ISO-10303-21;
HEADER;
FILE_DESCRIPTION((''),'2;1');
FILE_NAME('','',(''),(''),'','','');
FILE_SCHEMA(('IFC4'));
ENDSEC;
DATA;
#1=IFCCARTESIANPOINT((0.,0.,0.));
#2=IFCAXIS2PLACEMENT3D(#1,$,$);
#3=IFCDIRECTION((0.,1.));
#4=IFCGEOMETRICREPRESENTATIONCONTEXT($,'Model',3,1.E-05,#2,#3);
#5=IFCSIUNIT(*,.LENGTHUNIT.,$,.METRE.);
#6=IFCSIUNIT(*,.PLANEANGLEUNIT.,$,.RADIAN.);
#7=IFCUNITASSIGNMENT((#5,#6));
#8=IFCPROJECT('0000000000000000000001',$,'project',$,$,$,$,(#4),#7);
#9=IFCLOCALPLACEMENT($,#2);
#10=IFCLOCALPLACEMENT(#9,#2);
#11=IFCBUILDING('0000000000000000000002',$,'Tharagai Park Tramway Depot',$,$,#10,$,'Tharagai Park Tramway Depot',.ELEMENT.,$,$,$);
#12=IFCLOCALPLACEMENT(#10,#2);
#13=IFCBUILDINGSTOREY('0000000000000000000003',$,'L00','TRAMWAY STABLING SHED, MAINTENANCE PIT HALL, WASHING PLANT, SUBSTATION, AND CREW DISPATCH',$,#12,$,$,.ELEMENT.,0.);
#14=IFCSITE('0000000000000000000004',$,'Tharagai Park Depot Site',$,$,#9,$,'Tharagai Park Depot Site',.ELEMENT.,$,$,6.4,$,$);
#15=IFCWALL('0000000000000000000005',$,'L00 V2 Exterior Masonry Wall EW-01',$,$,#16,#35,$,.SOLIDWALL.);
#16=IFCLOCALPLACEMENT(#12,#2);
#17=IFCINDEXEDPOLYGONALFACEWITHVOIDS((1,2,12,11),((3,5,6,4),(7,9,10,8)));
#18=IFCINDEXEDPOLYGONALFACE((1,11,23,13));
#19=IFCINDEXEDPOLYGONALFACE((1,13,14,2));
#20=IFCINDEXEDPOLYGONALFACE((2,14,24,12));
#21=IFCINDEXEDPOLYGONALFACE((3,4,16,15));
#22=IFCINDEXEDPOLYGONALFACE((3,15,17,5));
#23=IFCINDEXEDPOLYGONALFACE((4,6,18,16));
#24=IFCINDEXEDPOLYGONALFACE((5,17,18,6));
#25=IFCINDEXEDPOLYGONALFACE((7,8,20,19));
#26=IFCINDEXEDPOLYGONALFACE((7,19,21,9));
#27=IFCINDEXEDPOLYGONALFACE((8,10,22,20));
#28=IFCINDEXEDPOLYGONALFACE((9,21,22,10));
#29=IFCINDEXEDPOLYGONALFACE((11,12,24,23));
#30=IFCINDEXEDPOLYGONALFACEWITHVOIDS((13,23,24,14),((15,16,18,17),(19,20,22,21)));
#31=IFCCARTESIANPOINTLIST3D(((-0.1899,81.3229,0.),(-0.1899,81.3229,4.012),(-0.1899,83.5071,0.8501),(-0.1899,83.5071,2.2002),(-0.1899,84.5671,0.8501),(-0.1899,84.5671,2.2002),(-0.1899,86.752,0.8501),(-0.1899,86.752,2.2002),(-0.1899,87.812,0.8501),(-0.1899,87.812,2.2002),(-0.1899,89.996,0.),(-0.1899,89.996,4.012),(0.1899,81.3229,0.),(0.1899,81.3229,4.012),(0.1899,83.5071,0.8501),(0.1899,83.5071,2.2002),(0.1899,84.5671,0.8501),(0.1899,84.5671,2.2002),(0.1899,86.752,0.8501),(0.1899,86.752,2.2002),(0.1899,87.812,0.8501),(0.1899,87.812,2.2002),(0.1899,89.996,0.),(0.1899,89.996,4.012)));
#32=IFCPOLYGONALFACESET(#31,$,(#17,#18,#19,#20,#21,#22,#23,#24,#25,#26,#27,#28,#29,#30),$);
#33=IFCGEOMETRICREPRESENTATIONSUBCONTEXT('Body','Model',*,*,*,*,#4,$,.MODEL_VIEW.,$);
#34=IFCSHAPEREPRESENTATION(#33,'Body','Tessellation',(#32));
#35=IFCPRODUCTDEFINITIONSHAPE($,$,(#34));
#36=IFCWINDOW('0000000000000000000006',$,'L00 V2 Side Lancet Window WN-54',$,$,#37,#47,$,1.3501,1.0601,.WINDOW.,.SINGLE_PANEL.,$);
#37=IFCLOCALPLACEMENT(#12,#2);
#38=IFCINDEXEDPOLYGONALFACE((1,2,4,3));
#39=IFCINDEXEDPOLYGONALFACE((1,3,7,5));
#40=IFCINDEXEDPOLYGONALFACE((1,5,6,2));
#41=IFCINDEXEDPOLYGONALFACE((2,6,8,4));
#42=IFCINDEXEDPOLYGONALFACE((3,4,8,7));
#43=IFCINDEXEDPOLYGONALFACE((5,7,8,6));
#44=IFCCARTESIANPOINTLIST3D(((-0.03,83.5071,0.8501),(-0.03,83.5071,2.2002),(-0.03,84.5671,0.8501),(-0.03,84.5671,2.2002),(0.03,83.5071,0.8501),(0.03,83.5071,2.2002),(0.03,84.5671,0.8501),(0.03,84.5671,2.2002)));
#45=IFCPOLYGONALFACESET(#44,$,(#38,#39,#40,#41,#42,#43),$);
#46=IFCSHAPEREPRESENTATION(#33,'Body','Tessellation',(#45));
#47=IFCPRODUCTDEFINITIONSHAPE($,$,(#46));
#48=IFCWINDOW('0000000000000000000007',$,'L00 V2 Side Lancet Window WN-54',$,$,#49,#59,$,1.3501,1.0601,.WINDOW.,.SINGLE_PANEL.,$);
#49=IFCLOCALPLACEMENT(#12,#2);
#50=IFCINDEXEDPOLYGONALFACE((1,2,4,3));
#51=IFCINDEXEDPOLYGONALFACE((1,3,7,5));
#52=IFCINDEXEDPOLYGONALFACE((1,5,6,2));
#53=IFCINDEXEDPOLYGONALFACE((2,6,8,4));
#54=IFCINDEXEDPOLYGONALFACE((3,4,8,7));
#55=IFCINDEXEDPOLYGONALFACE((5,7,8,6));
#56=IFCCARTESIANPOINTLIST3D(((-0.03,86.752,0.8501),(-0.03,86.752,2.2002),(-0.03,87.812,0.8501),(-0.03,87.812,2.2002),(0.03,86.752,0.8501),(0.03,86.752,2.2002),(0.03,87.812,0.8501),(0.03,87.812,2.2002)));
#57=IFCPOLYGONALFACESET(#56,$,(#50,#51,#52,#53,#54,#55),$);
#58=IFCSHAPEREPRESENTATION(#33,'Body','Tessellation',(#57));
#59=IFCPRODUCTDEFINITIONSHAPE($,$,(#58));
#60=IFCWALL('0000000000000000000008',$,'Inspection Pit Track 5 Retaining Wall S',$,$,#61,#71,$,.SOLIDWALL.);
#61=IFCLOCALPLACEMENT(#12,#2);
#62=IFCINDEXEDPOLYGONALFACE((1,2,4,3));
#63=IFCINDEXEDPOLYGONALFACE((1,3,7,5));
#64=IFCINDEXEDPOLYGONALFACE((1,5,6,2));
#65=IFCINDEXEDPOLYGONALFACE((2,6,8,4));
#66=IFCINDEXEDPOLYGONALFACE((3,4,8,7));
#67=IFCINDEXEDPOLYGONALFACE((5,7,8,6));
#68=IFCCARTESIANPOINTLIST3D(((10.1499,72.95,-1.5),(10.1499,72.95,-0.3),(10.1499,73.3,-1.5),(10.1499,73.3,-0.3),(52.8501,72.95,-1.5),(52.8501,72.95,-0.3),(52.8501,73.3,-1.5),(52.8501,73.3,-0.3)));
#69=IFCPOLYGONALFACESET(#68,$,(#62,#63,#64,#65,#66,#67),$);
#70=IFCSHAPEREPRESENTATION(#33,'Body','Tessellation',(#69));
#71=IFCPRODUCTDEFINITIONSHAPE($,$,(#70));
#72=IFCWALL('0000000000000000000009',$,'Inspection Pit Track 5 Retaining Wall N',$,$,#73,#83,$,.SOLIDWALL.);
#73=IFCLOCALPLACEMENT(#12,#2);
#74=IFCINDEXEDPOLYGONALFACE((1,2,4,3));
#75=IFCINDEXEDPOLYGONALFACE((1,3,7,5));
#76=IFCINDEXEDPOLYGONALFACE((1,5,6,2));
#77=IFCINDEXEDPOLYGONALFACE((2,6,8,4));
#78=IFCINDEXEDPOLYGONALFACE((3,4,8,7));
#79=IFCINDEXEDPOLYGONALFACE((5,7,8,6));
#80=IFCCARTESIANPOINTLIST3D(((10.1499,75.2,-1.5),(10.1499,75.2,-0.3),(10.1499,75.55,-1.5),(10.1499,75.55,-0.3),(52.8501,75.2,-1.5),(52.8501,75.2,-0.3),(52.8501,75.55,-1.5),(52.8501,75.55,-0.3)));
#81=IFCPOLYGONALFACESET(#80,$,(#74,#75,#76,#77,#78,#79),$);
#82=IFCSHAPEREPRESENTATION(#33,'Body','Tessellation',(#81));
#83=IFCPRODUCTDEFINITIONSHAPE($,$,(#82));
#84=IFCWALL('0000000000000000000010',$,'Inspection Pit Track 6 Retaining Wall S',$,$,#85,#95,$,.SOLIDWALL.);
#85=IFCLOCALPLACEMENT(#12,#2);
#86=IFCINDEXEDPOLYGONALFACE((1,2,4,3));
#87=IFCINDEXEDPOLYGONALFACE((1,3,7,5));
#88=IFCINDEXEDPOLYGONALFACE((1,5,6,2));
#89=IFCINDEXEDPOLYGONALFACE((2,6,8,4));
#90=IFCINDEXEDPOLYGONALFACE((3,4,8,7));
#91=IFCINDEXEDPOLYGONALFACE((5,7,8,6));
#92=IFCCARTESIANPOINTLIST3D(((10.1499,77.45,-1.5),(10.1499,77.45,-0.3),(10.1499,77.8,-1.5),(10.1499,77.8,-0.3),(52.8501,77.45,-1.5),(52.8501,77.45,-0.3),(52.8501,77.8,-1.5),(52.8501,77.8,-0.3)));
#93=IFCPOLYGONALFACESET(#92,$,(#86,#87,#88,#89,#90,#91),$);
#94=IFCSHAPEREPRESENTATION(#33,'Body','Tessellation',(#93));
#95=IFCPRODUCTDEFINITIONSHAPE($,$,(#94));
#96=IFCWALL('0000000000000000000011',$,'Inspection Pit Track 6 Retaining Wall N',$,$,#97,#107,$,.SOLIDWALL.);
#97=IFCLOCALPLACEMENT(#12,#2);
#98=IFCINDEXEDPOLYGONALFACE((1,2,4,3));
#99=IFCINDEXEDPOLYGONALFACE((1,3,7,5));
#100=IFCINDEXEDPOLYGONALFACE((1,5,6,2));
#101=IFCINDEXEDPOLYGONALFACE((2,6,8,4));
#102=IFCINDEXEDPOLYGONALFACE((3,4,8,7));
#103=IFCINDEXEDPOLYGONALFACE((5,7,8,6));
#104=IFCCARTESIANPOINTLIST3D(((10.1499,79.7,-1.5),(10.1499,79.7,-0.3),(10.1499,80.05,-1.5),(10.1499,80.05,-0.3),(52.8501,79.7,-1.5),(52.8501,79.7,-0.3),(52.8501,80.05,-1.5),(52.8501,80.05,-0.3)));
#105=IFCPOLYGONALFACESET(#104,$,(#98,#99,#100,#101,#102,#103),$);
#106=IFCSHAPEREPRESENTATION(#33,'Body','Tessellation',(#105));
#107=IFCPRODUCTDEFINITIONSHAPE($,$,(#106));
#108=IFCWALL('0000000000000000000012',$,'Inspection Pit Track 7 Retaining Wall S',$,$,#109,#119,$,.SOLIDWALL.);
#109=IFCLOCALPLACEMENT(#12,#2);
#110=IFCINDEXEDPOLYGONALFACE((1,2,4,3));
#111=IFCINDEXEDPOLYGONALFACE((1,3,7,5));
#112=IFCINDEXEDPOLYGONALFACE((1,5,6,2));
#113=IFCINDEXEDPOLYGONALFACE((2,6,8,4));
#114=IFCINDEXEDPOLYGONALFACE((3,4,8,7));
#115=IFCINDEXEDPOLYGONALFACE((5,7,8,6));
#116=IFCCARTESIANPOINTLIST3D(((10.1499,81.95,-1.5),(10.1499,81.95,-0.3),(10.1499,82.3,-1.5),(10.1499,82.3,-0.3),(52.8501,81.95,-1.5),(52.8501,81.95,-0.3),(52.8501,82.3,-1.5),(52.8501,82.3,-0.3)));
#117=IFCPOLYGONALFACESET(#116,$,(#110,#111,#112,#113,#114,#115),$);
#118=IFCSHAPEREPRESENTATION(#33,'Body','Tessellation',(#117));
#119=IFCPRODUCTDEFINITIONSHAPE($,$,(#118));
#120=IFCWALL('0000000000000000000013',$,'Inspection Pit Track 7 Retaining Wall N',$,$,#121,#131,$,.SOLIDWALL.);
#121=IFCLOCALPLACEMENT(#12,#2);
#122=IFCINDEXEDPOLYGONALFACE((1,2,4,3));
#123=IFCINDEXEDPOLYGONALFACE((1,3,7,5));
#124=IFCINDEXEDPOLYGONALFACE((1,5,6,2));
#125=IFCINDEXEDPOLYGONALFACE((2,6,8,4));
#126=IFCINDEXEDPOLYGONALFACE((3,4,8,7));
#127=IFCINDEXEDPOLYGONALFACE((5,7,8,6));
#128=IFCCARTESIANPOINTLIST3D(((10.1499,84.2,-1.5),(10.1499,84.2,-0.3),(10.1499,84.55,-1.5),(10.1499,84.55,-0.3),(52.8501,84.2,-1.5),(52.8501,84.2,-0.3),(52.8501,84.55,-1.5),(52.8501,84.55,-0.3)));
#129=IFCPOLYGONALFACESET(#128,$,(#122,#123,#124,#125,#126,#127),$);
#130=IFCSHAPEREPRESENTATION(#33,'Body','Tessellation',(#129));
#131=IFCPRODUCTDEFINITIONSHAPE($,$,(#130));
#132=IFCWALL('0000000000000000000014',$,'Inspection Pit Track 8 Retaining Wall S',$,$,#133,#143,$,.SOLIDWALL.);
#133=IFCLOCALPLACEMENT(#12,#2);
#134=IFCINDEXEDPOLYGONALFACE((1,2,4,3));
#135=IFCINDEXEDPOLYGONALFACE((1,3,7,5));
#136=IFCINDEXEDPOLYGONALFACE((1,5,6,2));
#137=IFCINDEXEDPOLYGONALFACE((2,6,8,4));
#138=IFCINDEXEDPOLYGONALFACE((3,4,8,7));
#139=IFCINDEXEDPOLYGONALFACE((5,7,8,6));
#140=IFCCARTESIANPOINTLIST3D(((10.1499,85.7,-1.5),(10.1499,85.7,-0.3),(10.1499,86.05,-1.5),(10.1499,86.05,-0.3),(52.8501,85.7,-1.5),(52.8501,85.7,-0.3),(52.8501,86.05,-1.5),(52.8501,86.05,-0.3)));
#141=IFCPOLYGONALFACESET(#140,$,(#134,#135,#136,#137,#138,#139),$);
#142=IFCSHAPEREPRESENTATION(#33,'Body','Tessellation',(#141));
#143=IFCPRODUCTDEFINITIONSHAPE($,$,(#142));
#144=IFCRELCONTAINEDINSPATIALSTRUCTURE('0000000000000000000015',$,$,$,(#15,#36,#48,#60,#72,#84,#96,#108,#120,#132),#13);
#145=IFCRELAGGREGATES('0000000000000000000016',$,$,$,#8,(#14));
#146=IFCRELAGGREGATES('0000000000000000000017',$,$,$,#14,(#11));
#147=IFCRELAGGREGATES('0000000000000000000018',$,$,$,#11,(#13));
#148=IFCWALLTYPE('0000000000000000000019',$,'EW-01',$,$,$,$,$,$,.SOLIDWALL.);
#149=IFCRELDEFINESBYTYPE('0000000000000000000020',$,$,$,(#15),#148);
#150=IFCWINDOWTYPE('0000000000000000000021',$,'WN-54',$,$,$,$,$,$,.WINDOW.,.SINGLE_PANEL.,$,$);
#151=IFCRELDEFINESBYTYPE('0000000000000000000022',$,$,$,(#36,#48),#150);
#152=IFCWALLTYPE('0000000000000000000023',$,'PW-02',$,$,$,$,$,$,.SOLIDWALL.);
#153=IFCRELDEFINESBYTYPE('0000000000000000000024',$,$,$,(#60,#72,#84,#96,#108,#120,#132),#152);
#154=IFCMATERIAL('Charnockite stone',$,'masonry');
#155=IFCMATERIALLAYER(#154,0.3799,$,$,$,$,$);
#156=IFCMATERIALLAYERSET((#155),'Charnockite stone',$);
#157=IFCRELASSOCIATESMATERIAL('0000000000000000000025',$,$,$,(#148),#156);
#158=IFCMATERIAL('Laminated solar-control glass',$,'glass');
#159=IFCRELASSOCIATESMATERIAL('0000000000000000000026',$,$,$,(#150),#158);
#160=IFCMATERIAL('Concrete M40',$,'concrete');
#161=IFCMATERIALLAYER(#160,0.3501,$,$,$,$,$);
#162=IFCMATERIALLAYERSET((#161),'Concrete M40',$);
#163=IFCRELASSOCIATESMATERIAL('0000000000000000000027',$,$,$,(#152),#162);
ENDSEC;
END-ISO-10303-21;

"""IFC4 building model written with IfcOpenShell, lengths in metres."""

from ifc_helpers import new_model, si_unit, direction, frame, frame_2d, origin, place, context, subcontext, project, spatial, rectangle, extrude, material, layer, layer_set, type_object, element, fill, save


model = new_model("IFC4")

# Units and contexts
model_context = context("Model", 3, precision=1e-05, world=origin(), true_north=direction((0.0, 1.0)))
body_context = subcontext(model_context, "Body", "Model", "MODEL_VIEW")
ifc_project = project(units=[si_unit("LENGTHUNIT", "METRE"), si_unit("PLANEANGLEUNIT", "RADIAN")], contexts=[model_context])

# Site, building, storey
site_placement = place(None, origin())
site = spatial("IfcSite", under=ifc_project, at=site_placement, Name="Tharagai Park Depot Site", LongName="Tharagai Park Depot Site", CompositionType="ELEMENT", RefElevation=6.4)
building_placement = place(site_placement, origin())
building = spatial("IfcBuilding", under=site, at=building_placement, Name="Tharagai Park Tramway Depot", LongName="Tharagai Park Tramway Depot", CompositionType="ELEMENT")
storey_placement = place(building_placement, origin())
storey = spatial("IfcBuildingStorey", under=building, at=storey_placement, Name="L00", Description="TRAMWAY STABLING SHED, MAINTENANCE PIT HALL, WASHING PLANT, SUBSTATION, AND CREW DISPATCH", CompositionType="ELEMENT", Elevation=0.0)

# Shared definitions
ifc_material_1 = material(Name="Concrete M40", Category="concrete")

# Wall, openings, windows
ifc_material_2 = material(Name="Charnockite stone", Category="masonry")
ifc_layer_1 = layer(ifc_material_2, 0.3799)
ifc_layer_set_1 = layer_set([ifc_layer_1], Name="Charnockite stone")
wall_type_1 = type_object("IfcWallType", Name="EW-01", PredefinedType="SOLIDWALL", material=ifc_layer_set_1)
wall_placement = place(storey_placement, frame((0.0, 81.323, 0.0), z_axis=(0.0, 0.0, 1.0), x_axis=(0.0, 1.0, 0.0)))
wall = element("IfcWall", 1, at=wall_placement, inside=storey, type_object=wall_type_1, Name="L00 V2 Exterior Masonry Wall EW-01", PredefinedType="SOLIDWALL", context=body_context, shape_type="SweptSolid", body=[
    extrude(rectangle(XDim=8.6731, YDim=0.3799, at=frame_2d((4.3364, 0.0))), origin(), (0.0, 0.0, 1.0), 4.012),
])
opening_1_placement = place(wall_placement, frame((2.1841, 0.0, 0.8501)))
opening_1 = element("IfcOpeningElement", 2, at=opening_1_placement, cuts=wall, PredefinedType="OPENING", context=body_context, shape_type="SweptSolid", body=[
    extrude(rectangle(XDim=1.0601, YDim=1.3501, at=frame_2d((0.53, 0.675))), frame((0.0, 0.2, 0.0), z_axis=(0.0, -1.0, 0.0), x_axis=(1.0, 0.0, 0.0)), (0.0, 0.0, 1.0), 0.3999),
])
opening_2_placement = place(wall_placement, frame((5.429, 0.0, 0.8501)))
opening_2 = element("IfcOpeningElement", 3, at=opening_2_placement, cuts=wall, PredefinedType="OPENING", context=body_context, shape_type="SweptSolid", body=[
    extrude(rectangle(XDim=1.0601, YDim=1.3501, at=frame_2d((0.53, 0.675))), frame((0.0, 0.2, 0.0), z_axis=(0.0, -1.0, 0.0), x_axis=(1.0, 0.0, 0.0)), (0.0, 0.0, 1.0), 0.3999),
])
ifc_material_3 = material(Name="Laminated solar-control glass", Category="glass")
window_type = type_object("IfcWindowType", Name="WN-54", PartitioningType="SINGLE_PANEL", PredefinedType="WINDOW", material=ifc_material_3)
window_1_placement = place(opening_1_placement, origin())
window_1 = element("IfcWindow", 4, at=window_1_placement, inside=storey, type_object=window_type, Name="L00 V2 Side Lancet Window WN-54", OverallHeight=1.3501, OverallWidth=1.0601, PartitioningType="SINGLE_PANEL", PredefinedType="WINDOW", context=body_context, shape_type="SweptSolid", body=[
    extrude(rectangle(XDim=1.0601, YDim=1.3501, at=frame_2d((0.53, 0.675))), frame((0.0, 0.03, 0.0), z_axis=(0.0, -1.0, 0.0), x_axis=(1.0, 0.0, 0.0)), (0.0, 0.0, 1.0), 0.0601),
])
fill(opening_1, window_1)
window_2_placement = place(opening_2_placement, origin())
window_2 = element("IfcWindow", 5, at=window_2_placement, inside=storey, type_object=window_type, Name="L00 V2 Side Lancet Window WN-54", OverallHeight=1.3501, OverallWidth=1.0601, PartitioningType="SINGLE_PANEL", PredefinedType="WINDOW", context=body_context, shape_type="SweptSolid", body=[
    extrude(rectangle(XDim=1.0601, YDim=1.3501, at=frame_2d((0.53, 0.675))), frame((0.0, 0.03, 0.0), z_axis=(0.0, -1.0, 0.0), x_axis=(1.0, 0.0, 0.0)), (0.0, 0.0, 1.0), 0.0601),
])
fill(opening_2, window_2)

# Walls
ifc_layer_2 = layer(ifc_material_1, 0.3501)
ifc_layer_set_2 = layer_set([ifc_layer_2], Name="Concrete M40")
wall_type_2 = type_object("IfcWallType", Name="PW-02", PredefinedType="SOLIDWALL", material=ifc_layer_set_2)
for number, where, z_axis, x_axis, name in (
    (6, (10.1499, 73.125, -1.5), (0.0, 0.0, 1.0), (1.0, 0.0, 0.0), "Inspection Pit Track 5 Retaining Wall S"),
    (7, (10.1499, 75.375, -1.5), (0.0, 0.0, 1.0), (1.0, 0.0, 0.0), "Inspection Pit Track 5 Retaining Wall N"),
    (8, (10.1499, 77.625, -1.5), (0.0, 0.0, 1.0), (1.0, 0.0, 0.0), "Inspection Pit Track 6 Retaining Wall S"),
    (9, (10.1499, 79.875, -1.5), (0.0, 0.0, 1.0), (1.0, 0.0, 0.0), "Inspection Pit Track 6 Retaining Wall N"),
    (10, (10.1499, 82.125, -1.5), (0.0, 0.0, 1.0), (1.0, 0.0, 0.0), "Inspection Pit Track 7 Retaining Wall S"),
    (11, (10.1499, 84.375, -1.5), (0.0, 0.0, 1.0), (1.0, 0.0, 0.0), "Inspection Pit Track 7 Retaining Wall N"),
    (12, (10.1499, 85.875, -1.5), (0.0, 0.0, 1.0), (1.0, 0.0, 0.0), "Inspection Pit Track 8 Retaining Wall S"),
):
    element("IfcWall", number, at=place(storey_placement, frame(where, z_axis=z_axis, x_axis=x_axis)), inside=storey, type_object=wall_type_2, Name=name, PredefinedType="SOLIDWALL", context=body_context, shape_type="SweptSolid", body=[
        extrude(rectangle(XDim=42.7002, YDim=0.3501, at=frame_2d((21.3501, 0.0))), origin(), (0.0, 0.0, 1.0), 1.2),
    ])

save(model, "model.ifc")
